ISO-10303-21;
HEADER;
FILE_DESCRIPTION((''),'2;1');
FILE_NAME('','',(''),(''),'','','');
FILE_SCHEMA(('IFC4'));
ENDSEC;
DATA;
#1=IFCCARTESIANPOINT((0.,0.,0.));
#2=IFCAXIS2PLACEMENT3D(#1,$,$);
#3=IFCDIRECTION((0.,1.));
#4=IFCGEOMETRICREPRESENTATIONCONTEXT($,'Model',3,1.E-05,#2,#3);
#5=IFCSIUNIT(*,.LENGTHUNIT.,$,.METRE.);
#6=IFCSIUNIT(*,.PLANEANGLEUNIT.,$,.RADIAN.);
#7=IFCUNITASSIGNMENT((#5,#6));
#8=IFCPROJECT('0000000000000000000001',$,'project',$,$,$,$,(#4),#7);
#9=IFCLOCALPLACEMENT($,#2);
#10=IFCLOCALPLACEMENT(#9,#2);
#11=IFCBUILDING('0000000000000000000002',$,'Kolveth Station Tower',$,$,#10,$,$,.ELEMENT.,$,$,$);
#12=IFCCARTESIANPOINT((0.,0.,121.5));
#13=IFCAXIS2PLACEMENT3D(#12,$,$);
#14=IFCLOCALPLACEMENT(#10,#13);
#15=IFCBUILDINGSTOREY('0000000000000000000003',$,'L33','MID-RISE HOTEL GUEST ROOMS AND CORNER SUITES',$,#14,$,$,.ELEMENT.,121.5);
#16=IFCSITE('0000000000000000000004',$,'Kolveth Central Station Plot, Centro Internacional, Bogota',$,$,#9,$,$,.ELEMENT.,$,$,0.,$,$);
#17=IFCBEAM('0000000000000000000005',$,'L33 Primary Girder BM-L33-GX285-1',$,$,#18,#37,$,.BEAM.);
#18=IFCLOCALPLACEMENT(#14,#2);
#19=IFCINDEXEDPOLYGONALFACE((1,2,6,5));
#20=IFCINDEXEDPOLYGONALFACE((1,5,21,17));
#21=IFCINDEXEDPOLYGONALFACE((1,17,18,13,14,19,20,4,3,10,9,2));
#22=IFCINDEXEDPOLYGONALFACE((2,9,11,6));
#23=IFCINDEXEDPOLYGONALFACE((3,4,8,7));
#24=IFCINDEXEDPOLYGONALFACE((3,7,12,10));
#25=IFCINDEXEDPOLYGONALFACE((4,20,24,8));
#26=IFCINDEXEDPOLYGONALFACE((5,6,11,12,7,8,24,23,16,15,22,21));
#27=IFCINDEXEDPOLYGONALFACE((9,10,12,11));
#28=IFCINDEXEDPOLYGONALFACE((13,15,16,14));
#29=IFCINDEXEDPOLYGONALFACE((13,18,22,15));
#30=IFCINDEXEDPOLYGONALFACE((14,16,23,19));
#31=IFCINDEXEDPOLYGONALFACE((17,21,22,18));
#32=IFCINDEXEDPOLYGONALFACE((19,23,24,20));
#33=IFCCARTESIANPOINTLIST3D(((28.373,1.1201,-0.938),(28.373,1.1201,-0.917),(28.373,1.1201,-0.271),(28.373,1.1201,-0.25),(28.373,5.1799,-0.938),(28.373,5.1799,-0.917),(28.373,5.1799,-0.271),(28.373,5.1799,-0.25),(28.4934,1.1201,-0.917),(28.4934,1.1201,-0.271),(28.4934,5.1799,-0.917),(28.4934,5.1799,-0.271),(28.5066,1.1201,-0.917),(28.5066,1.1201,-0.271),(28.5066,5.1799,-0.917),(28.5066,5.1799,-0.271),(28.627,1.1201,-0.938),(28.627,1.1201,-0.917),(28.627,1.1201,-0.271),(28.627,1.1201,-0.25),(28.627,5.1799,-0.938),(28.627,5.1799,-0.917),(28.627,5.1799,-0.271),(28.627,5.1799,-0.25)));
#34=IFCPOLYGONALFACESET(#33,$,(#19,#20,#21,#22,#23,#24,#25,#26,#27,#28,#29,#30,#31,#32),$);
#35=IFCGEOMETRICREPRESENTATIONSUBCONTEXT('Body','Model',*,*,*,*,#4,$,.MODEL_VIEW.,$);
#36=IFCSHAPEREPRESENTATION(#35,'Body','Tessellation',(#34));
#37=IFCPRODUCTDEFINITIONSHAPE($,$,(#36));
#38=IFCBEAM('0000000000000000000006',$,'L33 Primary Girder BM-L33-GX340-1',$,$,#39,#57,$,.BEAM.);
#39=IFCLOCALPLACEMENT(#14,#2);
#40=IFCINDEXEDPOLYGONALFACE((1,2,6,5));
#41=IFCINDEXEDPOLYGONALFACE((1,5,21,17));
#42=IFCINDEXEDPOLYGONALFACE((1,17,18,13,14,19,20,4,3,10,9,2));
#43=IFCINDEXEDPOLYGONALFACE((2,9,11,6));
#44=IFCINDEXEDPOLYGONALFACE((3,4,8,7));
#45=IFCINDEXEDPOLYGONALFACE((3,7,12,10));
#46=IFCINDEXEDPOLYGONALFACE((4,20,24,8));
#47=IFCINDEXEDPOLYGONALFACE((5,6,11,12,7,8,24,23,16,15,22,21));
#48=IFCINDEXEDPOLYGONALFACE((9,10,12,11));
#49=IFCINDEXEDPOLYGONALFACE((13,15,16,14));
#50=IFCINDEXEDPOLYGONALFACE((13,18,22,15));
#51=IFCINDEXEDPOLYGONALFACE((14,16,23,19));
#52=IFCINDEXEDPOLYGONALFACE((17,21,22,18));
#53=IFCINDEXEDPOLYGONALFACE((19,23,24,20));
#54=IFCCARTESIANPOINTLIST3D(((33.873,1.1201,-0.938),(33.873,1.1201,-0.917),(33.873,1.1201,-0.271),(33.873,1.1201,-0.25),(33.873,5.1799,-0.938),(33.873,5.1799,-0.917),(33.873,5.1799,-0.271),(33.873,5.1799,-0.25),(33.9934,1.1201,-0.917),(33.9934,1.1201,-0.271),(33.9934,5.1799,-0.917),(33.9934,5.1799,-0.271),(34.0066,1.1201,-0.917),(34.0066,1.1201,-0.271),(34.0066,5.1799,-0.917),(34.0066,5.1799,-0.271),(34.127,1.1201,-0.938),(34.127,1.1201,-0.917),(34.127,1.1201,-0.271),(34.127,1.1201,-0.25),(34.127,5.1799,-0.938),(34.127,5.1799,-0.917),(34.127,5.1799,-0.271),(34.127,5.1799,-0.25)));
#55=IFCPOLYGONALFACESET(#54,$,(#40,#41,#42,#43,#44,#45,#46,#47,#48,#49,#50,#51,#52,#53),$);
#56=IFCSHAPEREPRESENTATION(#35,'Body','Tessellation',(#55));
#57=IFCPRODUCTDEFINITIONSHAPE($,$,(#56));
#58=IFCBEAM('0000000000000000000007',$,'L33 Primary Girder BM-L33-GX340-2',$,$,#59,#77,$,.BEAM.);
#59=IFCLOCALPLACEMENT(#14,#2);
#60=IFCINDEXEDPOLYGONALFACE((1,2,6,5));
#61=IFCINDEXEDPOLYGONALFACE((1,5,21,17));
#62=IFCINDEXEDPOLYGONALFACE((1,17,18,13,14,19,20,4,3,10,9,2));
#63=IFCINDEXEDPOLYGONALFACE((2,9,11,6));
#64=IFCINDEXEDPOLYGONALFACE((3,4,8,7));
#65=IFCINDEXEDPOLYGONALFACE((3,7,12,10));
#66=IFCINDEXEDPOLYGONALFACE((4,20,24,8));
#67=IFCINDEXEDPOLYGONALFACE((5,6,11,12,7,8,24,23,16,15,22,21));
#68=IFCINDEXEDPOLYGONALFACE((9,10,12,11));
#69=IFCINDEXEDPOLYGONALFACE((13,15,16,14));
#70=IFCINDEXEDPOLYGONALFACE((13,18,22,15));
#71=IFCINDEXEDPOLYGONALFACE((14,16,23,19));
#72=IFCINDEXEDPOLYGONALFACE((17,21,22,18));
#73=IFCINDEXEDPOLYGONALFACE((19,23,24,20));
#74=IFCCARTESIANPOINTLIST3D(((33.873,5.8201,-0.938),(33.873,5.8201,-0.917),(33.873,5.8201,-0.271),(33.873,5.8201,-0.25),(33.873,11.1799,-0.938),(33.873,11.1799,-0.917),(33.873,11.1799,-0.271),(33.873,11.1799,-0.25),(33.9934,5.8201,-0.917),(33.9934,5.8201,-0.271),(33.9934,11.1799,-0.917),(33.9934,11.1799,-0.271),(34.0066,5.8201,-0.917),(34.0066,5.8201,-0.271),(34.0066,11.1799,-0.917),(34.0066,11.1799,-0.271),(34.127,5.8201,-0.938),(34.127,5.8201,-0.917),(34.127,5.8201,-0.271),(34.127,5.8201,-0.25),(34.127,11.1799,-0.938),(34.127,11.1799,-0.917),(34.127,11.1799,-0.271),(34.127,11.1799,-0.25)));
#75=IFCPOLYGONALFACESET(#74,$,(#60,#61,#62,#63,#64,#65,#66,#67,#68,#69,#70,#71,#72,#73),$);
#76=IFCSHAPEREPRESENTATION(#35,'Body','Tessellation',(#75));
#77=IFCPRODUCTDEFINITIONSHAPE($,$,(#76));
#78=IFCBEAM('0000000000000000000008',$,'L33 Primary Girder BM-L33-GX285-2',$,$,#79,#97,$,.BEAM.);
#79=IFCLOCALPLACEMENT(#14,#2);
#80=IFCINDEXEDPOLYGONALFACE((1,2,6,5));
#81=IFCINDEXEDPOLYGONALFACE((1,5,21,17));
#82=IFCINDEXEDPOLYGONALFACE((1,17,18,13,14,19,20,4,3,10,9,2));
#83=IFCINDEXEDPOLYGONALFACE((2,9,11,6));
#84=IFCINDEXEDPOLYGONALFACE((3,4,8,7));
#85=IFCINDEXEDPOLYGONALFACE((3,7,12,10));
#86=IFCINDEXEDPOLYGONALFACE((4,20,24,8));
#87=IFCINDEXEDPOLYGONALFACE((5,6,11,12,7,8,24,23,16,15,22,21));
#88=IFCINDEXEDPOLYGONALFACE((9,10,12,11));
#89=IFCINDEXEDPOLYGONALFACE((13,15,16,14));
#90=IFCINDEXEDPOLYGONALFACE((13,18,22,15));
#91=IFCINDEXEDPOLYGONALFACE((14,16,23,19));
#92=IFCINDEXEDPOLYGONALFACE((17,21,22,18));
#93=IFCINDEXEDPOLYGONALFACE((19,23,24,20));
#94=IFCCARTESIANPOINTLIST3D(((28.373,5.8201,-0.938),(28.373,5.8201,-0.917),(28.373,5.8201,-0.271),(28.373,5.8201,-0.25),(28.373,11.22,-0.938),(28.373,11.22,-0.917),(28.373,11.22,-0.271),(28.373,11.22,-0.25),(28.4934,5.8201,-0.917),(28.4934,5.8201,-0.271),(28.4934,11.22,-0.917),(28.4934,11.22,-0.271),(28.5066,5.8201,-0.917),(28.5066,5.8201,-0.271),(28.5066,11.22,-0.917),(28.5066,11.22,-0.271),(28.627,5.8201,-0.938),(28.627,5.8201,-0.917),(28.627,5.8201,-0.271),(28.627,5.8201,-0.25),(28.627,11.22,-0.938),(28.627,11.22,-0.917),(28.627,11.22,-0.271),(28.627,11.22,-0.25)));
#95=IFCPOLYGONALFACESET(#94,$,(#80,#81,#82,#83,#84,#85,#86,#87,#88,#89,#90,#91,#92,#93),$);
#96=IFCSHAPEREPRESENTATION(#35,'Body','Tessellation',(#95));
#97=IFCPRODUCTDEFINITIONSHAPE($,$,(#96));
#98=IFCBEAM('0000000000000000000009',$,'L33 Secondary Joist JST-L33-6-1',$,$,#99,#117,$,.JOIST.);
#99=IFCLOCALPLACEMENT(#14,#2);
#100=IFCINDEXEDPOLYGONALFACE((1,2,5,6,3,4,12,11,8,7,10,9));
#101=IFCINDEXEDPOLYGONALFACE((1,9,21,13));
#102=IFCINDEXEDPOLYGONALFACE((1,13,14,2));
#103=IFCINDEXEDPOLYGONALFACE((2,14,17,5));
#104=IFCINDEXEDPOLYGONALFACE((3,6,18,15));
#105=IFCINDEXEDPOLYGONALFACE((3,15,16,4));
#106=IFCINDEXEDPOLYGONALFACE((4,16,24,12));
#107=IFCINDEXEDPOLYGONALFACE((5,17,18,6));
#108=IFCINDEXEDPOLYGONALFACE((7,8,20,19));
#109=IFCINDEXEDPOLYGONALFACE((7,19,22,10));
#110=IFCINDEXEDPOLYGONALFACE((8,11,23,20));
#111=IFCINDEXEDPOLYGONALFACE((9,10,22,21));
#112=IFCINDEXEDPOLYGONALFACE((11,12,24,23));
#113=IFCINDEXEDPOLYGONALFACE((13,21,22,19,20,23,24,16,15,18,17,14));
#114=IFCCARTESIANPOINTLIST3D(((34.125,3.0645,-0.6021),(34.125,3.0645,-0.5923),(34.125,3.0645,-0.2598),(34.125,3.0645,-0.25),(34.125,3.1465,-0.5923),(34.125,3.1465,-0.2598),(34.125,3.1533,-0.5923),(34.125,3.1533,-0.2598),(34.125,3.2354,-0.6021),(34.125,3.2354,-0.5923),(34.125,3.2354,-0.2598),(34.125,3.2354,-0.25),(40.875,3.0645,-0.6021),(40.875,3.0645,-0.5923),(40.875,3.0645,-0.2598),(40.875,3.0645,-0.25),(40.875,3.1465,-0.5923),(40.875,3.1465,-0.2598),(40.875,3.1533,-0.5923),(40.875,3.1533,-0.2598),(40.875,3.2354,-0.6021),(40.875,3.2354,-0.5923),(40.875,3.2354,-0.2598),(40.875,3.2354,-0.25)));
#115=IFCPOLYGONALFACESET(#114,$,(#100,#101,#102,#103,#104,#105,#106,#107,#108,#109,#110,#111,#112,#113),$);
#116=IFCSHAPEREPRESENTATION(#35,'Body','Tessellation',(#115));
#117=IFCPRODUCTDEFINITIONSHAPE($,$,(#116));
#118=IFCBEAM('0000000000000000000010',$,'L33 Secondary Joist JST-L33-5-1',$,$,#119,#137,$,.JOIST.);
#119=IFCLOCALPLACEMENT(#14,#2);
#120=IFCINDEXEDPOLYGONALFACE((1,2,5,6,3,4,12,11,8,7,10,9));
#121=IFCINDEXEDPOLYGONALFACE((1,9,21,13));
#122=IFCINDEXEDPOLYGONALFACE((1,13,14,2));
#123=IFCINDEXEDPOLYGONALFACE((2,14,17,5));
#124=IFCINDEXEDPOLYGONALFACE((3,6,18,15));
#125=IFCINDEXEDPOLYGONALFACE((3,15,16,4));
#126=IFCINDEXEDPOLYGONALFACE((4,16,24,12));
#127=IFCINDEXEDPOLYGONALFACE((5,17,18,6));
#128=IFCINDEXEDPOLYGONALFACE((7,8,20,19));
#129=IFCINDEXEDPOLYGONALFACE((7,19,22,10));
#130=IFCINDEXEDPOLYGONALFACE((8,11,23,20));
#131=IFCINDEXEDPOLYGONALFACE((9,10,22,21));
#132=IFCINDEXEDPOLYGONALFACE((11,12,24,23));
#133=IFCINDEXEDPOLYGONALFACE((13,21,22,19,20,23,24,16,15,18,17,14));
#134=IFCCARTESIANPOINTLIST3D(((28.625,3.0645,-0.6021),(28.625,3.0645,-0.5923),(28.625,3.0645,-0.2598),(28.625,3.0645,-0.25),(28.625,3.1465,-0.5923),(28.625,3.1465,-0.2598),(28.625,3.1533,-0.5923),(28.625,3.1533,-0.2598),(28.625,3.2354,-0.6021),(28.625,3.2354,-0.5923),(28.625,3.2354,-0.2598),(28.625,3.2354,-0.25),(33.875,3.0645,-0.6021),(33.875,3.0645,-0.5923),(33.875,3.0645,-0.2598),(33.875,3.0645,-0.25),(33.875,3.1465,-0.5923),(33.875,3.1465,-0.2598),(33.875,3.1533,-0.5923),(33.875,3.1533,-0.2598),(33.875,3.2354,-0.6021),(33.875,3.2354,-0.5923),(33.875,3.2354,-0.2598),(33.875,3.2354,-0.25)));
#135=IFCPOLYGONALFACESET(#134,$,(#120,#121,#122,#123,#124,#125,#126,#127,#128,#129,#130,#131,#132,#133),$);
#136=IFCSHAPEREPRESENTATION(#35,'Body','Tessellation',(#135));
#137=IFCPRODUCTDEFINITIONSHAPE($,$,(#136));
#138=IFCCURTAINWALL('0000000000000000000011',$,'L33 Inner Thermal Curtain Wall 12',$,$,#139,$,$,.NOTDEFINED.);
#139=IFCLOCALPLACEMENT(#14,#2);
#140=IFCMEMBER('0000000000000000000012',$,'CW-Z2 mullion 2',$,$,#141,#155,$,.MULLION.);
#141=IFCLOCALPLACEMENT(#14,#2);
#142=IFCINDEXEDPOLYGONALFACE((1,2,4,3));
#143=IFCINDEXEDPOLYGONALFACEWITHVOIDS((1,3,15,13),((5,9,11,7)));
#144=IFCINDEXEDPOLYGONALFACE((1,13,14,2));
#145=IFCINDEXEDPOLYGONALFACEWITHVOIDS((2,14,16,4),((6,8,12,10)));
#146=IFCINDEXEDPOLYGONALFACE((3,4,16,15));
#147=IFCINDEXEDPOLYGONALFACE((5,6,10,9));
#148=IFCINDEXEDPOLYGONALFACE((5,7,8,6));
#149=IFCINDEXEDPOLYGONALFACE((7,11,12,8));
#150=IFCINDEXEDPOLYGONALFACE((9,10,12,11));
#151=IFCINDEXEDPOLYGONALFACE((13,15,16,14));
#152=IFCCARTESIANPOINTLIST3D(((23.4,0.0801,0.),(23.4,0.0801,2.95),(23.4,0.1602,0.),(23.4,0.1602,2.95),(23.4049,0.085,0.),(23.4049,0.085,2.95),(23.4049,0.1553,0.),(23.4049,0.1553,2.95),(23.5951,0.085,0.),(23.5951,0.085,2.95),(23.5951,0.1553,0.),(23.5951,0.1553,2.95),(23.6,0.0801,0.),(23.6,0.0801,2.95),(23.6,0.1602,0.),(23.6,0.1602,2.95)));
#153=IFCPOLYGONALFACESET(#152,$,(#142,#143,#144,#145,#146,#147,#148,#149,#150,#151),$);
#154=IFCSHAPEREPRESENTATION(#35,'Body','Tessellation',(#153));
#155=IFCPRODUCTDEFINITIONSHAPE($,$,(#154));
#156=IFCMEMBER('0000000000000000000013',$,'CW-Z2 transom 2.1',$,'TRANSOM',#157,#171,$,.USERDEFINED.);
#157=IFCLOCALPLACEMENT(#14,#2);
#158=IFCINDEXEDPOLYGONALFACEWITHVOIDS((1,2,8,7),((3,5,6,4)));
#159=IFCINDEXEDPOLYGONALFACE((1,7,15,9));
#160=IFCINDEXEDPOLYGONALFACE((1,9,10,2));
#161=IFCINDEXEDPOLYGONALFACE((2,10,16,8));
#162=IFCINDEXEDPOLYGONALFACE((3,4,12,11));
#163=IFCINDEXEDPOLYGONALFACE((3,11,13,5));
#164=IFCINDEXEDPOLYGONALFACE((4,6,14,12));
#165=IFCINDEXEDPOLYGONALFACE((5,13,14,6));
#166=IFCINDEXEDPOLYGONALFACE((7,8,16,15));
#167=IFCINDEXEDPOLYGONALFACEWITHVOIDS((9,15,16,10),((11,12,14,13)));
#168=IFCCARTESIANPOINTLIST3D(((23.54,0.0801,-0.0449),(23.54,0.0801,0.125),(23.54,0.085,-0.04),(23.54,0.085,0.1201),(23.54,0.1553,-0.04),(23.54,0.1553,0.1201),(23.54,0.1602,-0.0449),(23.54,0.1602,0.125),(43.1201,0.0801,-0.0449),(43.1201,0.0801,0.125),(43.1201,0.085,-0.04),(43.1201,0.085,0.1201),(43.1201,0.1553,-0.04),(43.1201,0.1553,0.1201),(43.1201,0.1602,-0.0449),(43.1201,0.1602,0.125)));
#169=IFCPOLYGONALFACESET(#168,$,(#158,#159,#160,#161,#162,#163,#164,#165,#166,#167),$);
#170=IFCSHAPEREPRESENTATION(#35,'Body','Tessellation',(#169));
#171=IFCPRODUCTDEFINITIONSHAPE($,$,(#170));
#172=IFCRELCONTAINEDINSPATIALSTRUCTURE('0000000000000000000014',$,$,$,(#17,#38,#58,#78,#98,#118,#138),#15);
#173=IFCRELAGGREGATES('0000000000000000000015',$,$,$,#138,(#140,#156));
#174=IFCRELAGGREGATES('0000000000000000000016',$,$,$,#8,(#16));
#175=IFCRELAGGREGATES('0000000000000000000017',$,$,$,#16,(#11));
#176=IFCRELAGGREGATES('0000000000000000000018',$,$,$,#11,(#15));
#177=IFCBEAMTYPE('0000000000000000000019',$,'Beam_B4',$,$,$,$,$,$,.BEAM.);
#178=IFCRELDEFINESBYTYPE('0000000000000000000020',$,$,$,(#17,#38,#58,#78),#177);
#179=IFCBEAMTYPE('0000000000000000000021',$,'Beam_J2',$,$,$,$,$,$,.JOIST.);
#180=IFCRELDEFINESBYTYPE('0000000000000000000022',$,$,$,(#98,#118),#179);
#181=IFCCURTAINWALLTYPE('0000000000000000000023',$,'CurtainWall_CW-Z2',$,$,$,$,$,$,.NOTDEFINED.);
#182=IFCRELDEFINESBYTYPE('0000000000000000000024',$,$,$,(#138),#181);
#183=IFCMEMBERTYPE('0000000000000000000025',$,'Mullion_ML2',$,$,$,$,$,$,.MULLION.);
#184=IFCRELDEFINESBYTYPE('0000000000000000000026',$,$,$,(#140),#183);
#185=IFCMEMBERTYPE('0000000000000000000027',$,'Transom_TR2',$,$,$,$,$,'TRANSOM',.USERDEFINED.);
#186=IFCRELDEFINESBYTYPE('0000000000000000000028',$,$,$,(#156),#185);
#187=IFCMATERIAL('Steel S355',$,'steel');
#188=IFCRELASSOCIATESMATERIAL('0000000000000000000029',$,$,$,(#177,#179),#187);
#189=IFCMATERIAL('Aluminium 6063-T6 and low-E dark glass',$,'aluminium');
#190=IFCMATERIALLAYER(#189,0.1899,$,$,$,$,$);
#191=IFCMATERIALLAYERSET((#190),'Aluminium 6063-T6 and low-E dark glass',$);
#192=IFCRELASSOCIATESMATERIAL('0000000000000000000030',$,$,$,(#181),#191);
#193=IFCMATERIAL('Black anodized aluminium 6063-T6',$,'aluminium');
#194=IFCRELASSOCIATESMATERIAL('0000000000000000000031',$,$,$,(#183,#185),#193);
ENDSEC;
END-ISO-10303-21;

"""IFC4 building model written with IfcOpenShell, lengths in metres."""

from ifc_helpers import new_model, si_unit, direction, frame, origin, origin_2d, place, context, subcontext, project, spatial, hollow_rectangle, i_section, extrude, source, transform, mapped, material, layer, layer_set, material_profile, profile_set, type_object, element, aggregate, save


model = new_model("IFC4")

# Units and contexts
model_context = context("Model", 3, precision=1e-05, world=origin(), true_north=direction((0.0, 1.0)))
body_context = subcontext(model_context, "Body", "Model", "MODEL_VIEW")
ifc_project = project(units=[si_unit("LENGTHUNIT", "METRE"), si_unit("PLANEANGLEUNIT", "RADIAN")], contexts=[model_context])

# Site, building, storey
site_placement = place(None, origin())
site = spatial("IfcSite", under=ifc_project, at=site_placement, Name="Kolveth Central Station Plot, Centro Internacional, Bogota", CompositionType="ELEMENT", RefElevation=0.0)
building_placement = place(site_placement, origin())
building = spatial("IfcBuilding", under=site, at=building_placement, Name="Kolveth Station Tower", CompositionType="ELEMENT")
storey_placement = place(building_placement, frame((0.0, 0.0, 121.5)))
storey = spatial("IfcBuildingStorey", under=building, at=storey_placement, Name="L33", Description="MID-RISE HOTEL GUEST ROOMS AND CORNER SUITES", CompositionType="ELEMENT", Elevation=121.5)

# Beams
ifc_material_1 = material(Name="Steel S355", Category="steel")
ifc_material_profile_1 = material_profile(ifc_material_1, i_section(OverallWidth=0.2539, OverallDepth=0.688, WebThickness=0.0132, FlangeThickness=0.021, at=origin_2d()), Name="W690x152")
ifc_profile_set_1 = profile_set([ifc_material_profile_1], Name="Steel S355")
beam_type_1 = type_object("IfcBeamType", Name="Beam_B4", PredefinedType="BEAM", material=ifc_profile_set_1)
shared_shape_1 = source(origin(), body_context, "Body", "SweptSolid", [
    extrude(i_section(OverallWidth=0.2539, OverallDepth=0.688, WebThickness=0.0132, FlangeThickness=0.021, at=origin_2d()), origin(), (0.0, 0.0, 1.0), 4.0598),
])
for number, where, z_axis, x_axis, name in (
    (1, (28.5, 1.1201, -0.594), (0.0, 1.0, 0.0), (-1.0, 0.0, 0.0), "L33 Primary Girder BM-L33-GX285-1"),
    (2, (34.0, 1.1201, -0.594), (0.0, 1.0, 0.0), (-1.0, 0.0, 0.0), "L33 Primary Girder BM-L33-GX340-1"),
):
    element("IfcBeam", number, at=place(storey_placement, frame(where, z_axis=z_axis, x_axis=x_axis)), inside=storey, type_object=beam_type_1, Name=name, PredefinedType="BEAM", context=body_context, shape_type="MappedRepresentation", body=[
        mapped(shared_shape_1, transform((0.0, 0.0, 0.0), x_axis=(1.0, 0.0, 0.0), y_axis=(0.0, 1.0, 0.0), z_axis=(0.0, 0.0, 1.0), scale=1.0)),
    ])
shared_shape_2 = source(origin(), body_context, "Body", "SweptSolid", [
    extrude(i_section(OverallWidth=0.2539, OverallDepth=0.688, WebThickness=0.0132, FlangeThickness=0.021, at=origin_2d()), origin(), (0.0, 0.0, 1.0), 5.3599),
])
beam_1_placement = place(storey_placement, frame((34.0, 5.8201, -0.594), z_axis=(0.0, 1.0, 0.0), x_axis=(-1.0, 0.0, 0.0)))
element("IfcBeam", 3, at=beam_1_placement, inside=storey, type_object=beam_type_1, Name="L33 Primary Girder BM-L33-GX340-2", PredefinedType="BEAM", context=body_context, shape_type="MappedRepresentation", body=[
    mapped(shared_shape_2, transform((0.0, 0.0, 0.0), x_axis=(1.0, 0.0, 0.0), y_axis=(0.0, 1.0, 0.0), z_axis=(0.0, 0.0, 1.0), scale=1.0)),
])
shared_shape_3 = source(origin(), body_context, "Body", "SweptSolid", [
    extrude(i_section(OverallWidth=0.2539, OverallDepth=0.688, WebThickness=0.0132, FlangeThickness=0.021, at=origin_2d()), origin(), (0.0, 0.0, 1.0), 5.3999),
])
beam_2_placement = place(storey_placement, frame((28.5, 5.8201, -0.594), z_axis=(0.0, 1.0, 0.0), x_axis=(-1.0, 0.0, 0.0)))
element("IfcBeam", 4, at=beam_2_placement, inside=storey, type_object=beam_type_1, Name="L33 Primary Girder BM-L33-GX285-2", PredefinedType="BEAM", context=body_context, shape_type="MappedRepresentation", body=[
    mapped(shared_shape_3, transform((0.0, 0.0, 0.0), x_axis=(1.0, 0.0, 0.0), y_axis=(0.0, 1.0, 0.0), z_axis=(0.0, 0.0, 1.0), scale=1.0)),
])
ifc_material_profile_2 = material_profile(ifc_material_1, i_section(OverallWidth=0.1709, OverallDepth=0.3521, WebThickness=0.0068, FlangeThickness=0.0098, at=origin_2d()), Name="W360x44")
ifc_profile_set_2 = profile_set([ifc_material_profile_2], Name="Steel S355")
beam_type_2 = type_object("IfcBeamType", Name="Beam_J2", PredefinedType="JOIST", material=ifc_profile_set_2)
shared_shape_4 = source(origin(), body_context, "Body", "SweptSolid", [
    extrude(i_section(OverallWidth=0.1709, OverallDepth=0.3521, WebThickness=0.0068, FlangeThickness=0.0098, at=origin_2d()), origin(), (0.0, 0.0, 1.0), 6.75),
])
beam_3_placement = place(storey_placement, frame((34.125, 3.1499, -0.426), z_axis=(1.0, 0.0, 0.0), x_axis=(0.0, 1.0, 0.0)))
element("IfcBeam", 5, at=beam_3_placement, inside=storey, type_object=beam_type_2, Name="L33 Secondary Joist JST-L33-6-1", PredefinedType="JOIST", context=body_context, shape_type="MappedRepresentation", body=[
    mapped(shared_shape_4, transform((0.0, 0.0, 0.0), x_axis=(1.0, 0.0, 0.0), y_axis=(0.0, 1.0, 0.0), z_axis=(0.0, 0.0, 1.0), scale=1.0)),
])
shared_shape_5 = source(origin(), body_context, "Body", "SweptSolid", [
    extrude(i_section(OverallWidth=0.1709, OverallDepth=0.3521, WebThickness=0.0068, FlangeThickness=0.0098, at=origin_2d()), origin(), (0.0, 0.0, 1.0), 5.25),
])
beam_4_placement = place(storey_placement, frame((28.625, 3.1499, -0.426), z_axis=(1.0, 0.0, 0.0), x_axis=(0.0, 1.0, 0.0)))
element("IfcBeam", 6, at=beam_4_placement, inside=storey, type_object=beam_type_2, Name="L33 Secondary Joist JST-L33-5-1", PredefinedType="JOIST", context=body_context, shape_type="MappedRepresentation", body=[
    mapped(shared_shape_5, transform((0.0, 0.0, 0.0), x_axis=(1.0, 0.0, 0.0), y_axis=(0.0, 1.0, 0.0), z_axis=(0.0, 0.0, 1.0), scale=1.0)),
])

# Curtain wall, members
ifc_material_2 = material(Name="Aluminium 6063-T6 and low-E dark glass", Category="aluminium")
ifc_layer_1 = layer(ifc_material_2, 0.1899)
ifc_layer_set_1 = layer_set([ifc_layer_1], Name="Aluminium 6063-T6 and low-E dark glass")
curtain_wall_type_1 = type_object("IfcCurtainWallType", Name="CurtainWall_CW-Z2", PredefinedType="NOTDEFINED", material=ifc_layer_set_1)
curtain_wall_1_placement = place(storey_placement, origin())
curtain_wall_1 = element("IfcCurtainWall", 7, at=curtain_wall_1_placement, inside=storey, type_object=curtain_wall_type_1, Name="L33 Inner Thermal Curtain Wall 12", PredefinedType="NOTDEFINED")
ifc_material_3 = material(Name="Black anodized aluminium 6063-T6", Category="aluminium")
ifc_material_profile_3 = material_profile(ifc_material_3, hollow_rectangle(XDim=0.0801, YDim=0.2, WallThickness=0.0049, at=origin_2d()), Name="ALU-80x200x5")
ifc_profile_set_3 = profile_set([ifc_material_profile_3], Name="Black anodized aluminium 6063-T6")
member_type_1 = type_object("IfcMemberType", Name="Mullion_ML2", PredefinedType="MULLION", material=ifc_profile_set_3)
shared_shape_6 = source(origin(), body_context, "Body", "SweptSolid", [
    extrude(hollow_rectangle(XDim=0.0801, YDim=0.2, WallThickness=0.0049, at=origin_2d()), origin(), (0.0, 0.0, 1.0), 2.95),
])
member_1_placement = place(storey_placement, frame((23.5, 0.1201, 0.0), z_axis=(0.0, 0.0, 1.0), x_axis=(0.0, 1.0, 0.0)))
member_1 = element("IfcMember", 8, at=member_1_placement, type_object=member_type_1, Name="CW-Z2 mullion 2", PredefinedType="MULLION", context=body_context, shape_type="MappedRepresentation", body=[
    mapped(shared_shape_6, transform((0.0, 0.0, 0.0), x_axis=(1.0, 0.0, 0.0), y_axis=(0.0, 1.0, 0.0), z_axis=(0.0, 0.0, 1.0), scale=1.0)),
])
ifc_material_profile_4 = material_profile(ifc_material_3, hollow_rectangle(XDim=0.0801, YDim=0.1699, WallThickness=0.0049, at=origin_2d()), Name="ALU-80x170x5")
ifc_profile_set_4 = profile_set([ifc_material_profile_4], Name="Black anodized aluminium 6063-T6")
member_type_2 = type_object("IfcMemberType", Name="Transom_TR2", ElementType="TRANSOM", PredefinedType="USERDEFINED", material=ifc_profile_set_4)
shared_shape_7 = source(origin(), body_context, "Body", "SweptSolid", [
    extrude(hollow_rectangle(XDim=0.0801, YDim=0.1699, WallThickness=0.0049, at=origin_2d()), origin(), (0.0, 0.0, 1.0), 19.5801),
])
member_2_placement = place(storey_placement, frame((23.54, 0.1201, 0.04), z_axis=(1.0, 0.0, 0.0), x_axis=(0.0, 1.0, 0.0)))
member_2 = element("IfcMember", 9, at=member_2_placement, type_object=member_type_2, Name="CW-Z2 transom 2.1", ObjectType="TRANSOM", PredefinedType="USERDEFINED", context=body_context, shape_type="MappedRepresentation", body=[
    mapped(shared_shape_7, transform((0.0, 0.0, 0.0), x_axis=(1.0, 0.0, 0.0), y_axis=(0.0, 1.0, 0.0), z_axis=(0.0, 0.0, 1.0), scale=1.0)),
])
aggregate(curtain_wall_1, [member_1, member_2])

save(model, "model.ifc")
